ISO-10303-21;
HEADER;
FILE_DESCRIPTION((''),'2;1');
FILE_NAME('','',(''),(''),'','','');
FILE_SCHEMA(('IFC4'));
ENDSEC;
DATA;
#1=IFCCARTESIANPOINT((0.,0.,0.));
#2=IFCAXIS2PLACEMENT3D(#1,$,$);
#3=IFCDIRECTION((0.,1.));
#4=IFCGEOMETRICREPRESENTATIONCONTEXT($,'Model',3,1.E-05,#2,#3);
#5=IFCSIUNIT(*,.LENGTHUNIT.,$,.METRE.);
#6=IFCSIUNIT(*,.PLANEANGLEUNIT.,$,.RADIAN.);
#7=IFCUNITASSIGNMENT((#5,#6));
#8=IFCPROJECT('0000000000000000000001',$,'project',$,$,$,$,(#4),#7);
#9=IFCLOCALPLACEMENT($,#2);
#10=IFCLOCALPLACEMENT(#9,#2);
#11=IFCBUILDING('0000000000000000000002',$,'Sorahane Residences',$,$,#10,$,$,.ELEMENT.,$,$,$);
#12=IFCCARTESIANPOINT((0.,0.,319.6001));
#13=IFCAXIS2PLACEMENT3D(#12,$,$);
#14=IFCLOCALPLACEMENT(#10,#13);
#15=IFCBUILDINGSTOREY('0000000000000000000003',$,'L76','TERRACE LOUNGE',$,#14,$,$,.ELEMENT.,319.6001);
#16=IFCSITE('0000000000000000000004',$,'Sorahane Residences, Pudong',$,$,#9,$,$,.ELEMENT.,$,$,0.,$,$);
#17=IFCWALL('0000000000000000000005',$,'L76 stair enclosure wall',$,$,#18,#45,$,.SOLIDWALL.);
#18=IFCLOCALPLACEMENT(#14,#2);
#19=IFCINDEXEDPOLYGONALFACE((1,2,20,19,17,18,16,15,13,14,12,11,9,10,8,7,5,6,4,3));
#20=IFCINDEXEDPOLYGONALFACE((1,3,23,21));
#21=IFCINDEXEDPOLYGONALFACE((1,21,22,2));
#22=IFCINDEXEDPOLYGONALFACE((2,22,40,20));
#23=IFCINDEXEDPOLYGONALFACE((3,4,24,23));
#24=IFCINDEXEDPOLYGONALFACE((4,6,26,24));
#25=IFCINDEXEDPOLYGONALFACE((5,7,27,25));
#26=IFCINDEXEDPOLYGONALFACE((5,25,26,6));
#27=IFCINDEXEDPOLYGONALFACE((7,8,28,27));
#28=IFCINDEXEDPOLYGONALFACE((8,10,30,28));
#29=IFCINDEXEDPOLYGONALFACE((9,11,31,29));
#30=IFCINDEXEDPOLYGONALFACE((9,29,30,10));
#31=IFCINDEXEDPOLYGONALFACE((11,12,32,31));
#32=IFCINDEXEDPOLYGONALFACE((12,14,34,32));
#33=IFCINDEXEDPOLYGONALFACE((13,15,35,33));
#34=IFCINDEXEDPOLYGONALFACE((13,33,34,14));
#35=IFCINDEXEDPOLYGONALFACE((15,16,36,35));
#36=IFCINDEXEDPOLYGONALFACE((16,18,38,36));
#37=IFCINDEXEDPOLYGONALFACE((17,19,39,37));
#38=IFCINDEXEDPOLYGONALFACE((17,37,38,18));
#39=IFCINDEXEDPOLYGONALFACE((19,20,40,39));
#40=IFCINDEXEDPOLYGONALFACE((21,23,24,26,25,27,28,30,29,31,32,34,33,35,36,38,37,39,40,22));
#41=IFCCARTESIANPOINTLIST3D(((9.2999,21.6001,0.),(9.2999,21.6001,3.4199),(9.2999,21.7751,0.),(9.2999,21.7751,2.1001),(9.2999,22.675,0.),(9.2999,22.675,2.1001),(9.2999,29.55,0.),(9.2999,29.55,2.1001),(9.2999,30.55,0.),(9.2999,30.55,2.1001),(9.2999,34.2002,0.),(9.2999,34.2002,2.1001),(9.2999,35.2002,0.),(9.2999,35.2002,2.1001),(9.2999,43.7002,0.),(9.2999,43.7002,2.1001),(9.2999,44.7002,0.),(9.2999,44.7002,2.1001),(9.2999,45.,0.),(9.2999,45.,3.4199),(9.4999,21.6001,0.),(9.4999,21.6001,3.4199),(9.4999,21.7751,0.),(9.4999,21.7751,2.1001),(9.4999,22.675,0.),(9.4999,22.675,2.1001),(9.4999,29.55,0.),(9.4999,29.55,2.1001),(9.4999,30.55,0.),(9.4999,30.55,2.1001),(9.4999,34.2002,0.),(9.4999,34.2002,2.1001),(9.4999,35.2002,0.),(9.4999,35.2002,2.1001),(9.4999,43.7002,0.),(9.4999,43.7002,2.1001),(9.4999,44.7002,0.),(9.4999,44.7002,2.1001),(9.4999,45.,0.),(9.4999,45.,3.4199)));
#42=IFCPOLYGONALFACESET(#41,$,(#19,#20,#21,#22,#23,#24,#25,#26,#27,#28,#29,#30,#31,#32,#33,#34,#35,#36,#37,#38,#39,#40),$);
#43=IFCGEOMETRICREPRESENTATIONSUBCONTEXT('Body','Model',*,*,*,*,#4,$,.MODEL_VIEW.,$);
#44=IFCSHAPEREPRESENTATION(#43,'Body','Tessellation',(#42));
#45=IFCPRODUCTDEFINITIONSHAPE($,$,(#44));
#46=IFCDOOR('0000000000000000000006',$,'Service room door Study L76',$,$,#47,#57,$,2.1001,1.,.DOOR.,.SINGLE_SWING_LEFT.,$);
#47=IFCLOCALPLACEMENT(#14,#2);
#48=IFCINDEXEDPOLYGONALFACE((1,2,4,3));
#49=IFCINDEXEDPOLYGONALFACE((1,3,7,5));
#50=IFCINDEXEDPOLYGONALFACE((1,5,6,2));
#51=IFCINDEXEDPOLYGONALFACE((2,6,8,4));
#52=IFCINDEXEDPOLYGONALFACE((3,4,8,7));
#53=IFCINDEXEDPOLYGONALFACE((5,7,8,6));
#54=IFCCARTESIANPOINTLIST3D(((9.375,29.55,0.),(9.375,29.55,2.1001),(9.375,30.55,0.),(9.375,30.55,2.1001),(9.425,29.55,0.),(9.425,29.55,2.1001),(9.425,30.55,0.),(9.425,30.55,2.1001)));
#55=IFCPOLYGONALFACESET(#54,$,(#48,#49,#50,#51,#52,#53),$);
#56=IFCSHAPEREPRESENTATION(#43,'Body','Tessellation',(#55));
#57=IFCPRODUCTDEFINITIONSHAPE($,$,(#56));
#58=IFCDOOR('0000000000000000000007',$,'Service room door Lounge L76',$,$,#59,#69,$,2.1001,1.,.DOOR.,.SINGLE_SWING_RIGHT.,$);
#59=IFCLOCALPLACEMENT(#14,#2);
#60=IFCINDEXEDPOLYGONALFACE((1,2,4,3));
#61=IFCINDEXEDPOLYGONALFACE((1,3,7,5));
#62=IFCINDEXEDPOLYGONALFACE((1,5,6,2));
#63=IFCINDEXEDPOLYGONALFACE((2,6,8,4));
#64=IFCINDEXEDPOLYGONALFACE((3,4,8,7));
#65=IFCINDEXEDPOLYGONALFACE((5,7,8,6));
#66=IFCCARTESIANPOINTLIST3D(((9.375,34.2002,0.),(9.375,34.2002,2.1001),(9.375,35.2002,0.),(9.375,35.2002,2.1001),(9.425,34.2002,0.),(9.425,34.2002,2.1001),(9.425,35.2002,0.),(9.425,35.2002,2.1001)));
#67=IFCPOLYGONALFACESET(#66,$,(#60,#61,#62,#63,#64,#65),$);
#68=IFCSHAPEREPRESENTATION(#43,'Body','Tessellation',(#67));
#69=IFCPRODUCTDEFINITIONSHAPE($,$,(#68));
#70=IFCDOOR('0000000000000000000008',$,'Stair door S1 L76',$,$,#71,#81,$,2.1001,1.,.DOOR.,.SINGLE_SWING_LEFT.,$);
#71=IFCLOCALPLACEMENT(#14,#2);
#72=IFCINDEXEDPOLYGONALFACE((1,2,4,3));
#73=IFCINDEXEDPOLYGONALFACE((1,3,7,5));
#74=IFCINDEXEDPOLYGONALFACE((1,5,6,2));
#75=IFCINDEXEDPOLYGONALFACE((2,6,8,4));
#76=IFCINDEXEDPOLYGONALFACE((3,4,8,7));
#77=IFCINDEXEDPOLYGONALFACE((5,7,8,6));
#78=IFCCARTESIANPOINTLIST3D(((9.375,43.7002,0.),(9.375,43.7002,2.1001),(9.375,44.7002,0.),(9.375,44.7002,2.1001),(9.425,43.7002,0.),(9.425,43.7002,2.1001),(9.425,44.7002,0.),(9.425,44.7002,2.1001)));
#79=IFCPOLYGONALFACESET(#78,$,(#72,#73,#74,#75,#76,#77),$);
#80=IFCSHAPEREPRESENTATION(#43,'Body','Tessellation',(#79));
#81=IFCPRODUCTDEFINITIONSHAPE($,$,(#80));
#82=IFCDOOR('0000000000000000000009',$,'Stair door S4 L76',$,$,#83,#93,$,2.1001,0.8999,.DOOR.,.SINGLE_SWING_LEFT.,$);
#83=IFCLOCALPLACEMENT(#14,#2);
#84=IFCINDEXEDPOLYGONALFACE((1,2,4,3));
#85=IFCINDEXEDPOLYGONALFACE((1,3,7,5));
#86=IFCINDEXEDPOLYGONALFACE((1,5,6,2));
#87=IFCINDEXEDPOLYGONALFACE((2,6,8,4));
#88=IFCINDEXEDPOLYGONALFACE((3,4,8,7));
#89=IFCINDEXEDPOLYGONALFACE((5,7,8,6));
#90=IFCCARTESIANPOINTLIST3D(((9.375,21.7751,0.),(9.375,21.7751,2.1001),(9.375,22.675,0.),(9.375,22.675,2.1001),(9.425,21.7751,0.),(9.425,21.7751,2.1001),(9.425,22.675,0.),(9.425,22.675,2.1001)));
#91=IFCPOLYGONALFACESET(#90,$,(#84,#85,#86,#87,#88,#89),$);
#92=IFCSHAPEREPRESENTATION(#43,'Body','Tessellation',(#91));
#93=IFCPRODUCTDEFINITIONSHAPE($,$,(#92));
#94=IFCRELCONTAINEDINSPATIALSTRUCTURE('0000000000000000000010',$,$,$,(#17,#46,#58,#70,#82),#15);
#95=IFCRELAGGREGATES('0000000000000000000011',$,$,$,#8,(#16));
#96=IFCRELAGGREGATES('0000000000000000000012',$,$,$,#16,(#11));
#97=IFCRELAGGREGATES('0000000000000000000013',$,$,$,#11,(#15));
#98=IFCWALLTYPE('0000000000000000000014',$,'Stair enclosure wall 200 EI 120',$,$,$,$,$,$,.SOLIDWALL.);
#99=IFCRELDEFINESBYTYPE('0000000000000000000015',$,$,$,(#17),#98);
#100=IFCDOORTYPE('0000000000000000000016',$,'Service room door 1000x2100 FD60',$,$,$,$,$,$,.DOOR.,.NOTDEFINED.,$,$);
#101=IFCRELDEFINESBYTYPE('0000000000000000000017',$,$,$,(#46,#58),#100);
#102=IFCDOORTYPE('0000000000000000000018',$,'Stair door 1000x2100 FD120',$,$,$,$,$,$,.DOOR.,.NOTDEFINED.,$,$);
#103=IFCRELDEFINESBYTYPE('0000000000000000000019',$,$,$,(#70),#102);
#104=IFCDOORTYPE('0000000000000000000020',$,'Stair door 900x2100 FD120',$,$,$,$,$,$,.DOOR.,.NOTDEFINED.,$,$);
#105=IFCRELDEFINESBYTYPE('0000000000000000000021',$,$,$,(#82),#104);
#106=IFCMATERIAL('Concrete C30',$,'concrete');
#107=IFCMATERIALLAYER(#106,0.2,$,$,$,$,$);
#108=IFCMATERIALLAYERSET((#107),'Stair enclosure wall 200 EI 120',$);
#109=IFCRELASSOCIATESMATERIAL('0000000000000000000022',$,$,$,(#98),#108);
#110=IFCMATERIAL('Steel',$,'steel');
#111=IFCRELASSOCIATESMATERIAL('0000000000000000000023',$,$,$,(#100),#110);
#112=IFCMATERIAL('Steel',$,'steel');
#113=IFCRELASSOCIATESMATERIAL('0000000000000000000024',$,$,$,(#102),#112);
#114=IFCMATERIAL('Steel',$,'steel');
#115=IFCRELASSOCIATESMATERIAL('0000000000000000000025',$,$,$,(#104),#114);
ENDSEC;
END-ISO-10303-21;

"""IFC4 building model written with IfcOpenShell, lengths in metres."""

from ifc_helpers import new_model, si_unit, direction, frame, frame_2d, origin, place, context, subcontext, project, spatial, rectangle, extrude, material, layer, layer_set, type_object, element, fill, save


model = new_model("IFC4")

# Units and contexts
model_context = context("Model", 3, precision=1e-05, world=origin(), true_north=direction((0.0, 1.0)))
body_context = subcontext(model_context, "Body", "Model", "MODEL_VIEW")
ifc_project = project(units=[si_unit("LENGTHUNIT", "METRE"), si_unit("PLANEANGLEUNIT", "RADIAN")], contexts=[model_context])

# Site, building, storey
site_placement = place(None, origin())
site = spatial("IfcSite", under=ifc_project, at=site_placement, Name="Sorahane Residences, Pudong", CompositionType="ELEMENT", RefElevation=0.0)
building_placement = place(site_placement, origin())
building = spatial("IfcBuilding", under=site, at=building_placement, Name="Sorahane Residences", CompositionType="ELEMENT")
storey_placement = place(building_placement, frame((0.0, 0.0, 319.6001)))
storey = spatial("IfcBuildingStorey", under=building, at=storey_placement, Name="L76", Description="TERRACE LOUNGE", CompositionType="ELEMENT", Elevation=319.6001)

# Wall, openings, doors
ifc_material_1 = material(Name="Concrete C30", Category="concrete")
ifc_layer_1 = layer(ifc_material_1, 0.2)
ifc_layer_set_1 = layer_set([ifc_layer_1], Name="Stair enclosure wall 200 EI 120")
wall_type_1 = type_object("IfcWallType", Name="Stair enclosure wall 200 EI 120", PredefinedType="SOLIDWALL", material=ifc_layer_set_1)
wall_1_placement = place(storey_placement, frame((9.3999, 21.6001, 0.0), z_axis=(0.0, 0.0, 1.0), x_axis=(0.0, 1.0, 0.0)))
wall_1 = element("IfcWall", 1, at=wall_1_placement, inside=storey, type_object=wall_type_1, Name="L76 stair enclosure wall", PredefinedType="SOLIDWALL", context=body_context, shape_type="SweptSolid", body=[
    extrude(rectangle(XDim=23.3999, YDim=0.2, at=frame_2d((11.7, 0.0))), origin(), (0.0, 0.0, 1.0), 3.4199),
])
opening_1_placement = place(wall_1_placement, frame((7.95, 0.0, 0.0)))
opening_1 = element("IfcOpeningElement", 2, at=opening_1_placement, cuts=wall_1, PredefinedType="OPENING", context=body_context, shape_type="SweptSolid", body=[
    extrude(rectangle(XDim=1.0, YDim=2.1001, at=frame_2d((0.5, 1.05))), frame((0.0, 0.1099, 0.0), z_axis=(0.0, -1.0, 0.0), x_axis=(1.0, 0.0, 0.0)), (0.0, 0.0, 1.0), 0.22),
])
opening_2_placement = place(wall_1_placement, frame((12.6001, 0.0, 0.0)))
opening_2 = element("IfcOpeningElement", 3, at=opening_2_placement, cuts=wall_1, PredefinedType="OPENING", context=body_context, shape_type="SweptSolid", body=[
    extrude(rectangle(XDim=1.0, YDim=2.1001, at=frame_2d((0.5, 1.05))), frame((0.0, 0.1099, 0.0), z_axis=(0.0, -1.0, 0.0), x_axis=(1.0, 0.0, 0.0)), (0.0, 0.0, 1.0), 0.22),
])
opening_3_placement = place(wall_1_placement, frame((22.1001, 0.0, 0.0)))
opening_3 = element("IfcOpeningElement", 4, at=opening_3_placement, cuts=wall_1, PredefinedType="OPENING", context=body_context, shape_type="SweptSolid", body=[
    extrude(rectangle(XDim=1.0, YDim=2.1001, at=frame_2d((0.5, 1.05))), frame((0.0, 0.1099, 0.0), z_axis=(0.0, -1.0, 0.0), x_axis=(1.0, 0.0, 0.0)), (0.0, 0.0, 1.0), 0.22),
])
opening_4_placement = place(wall_1_placement, frame((0.175, 0.0, 0.0)))
opening_4 = element("IfcOpeningElement", 5, at=opening_4_placement, cuts=wall_1, PredefinedType="OPENING", context=body_context, shape_type="SweptSolid", body=[
    extrude(rectangle(XDim=0.8999, YDim=2.1001, at=frame_2d((0.45, 1.05))), frame((0.0, 0.1099, 0.0), z_axis=(0.0, -1.0, 0.0), x_axis=(1.0, 0.0, 0.0)), (0.0, 0.0, 1.0), 0.22),
])
ifc_material_2 = material(Name="Steel", Category="steel")
door_type_1 = type_object("IfcDoorType", Name="Service room door 1000x2100 FD60", OperationType="NOTDEFINED", PredefinedType="DOOR", material=ifc_material_2)
door_1_placement = place(opening_1_placement, origin())
door_1 = element("IfcDoor", 6, at=door_1_placement, inside=storey, type_object=door_type_1, Name="Service room door Study L76", OperationType="SINGLE_SWING_LEFT", OverallHeight=2.1001, OverallWidth=1.0, PredefinedType="DOOR", context=body_context, shape_type="SweptSolid", body=[
    extrude(rectangle(XDim=1.0, YDim=2.1001, at=frame_2d((0.5, 1.05))), frame((0.0, 0.0249, 0.0), z_axis=(0.0, -1.0, 0.0), x_axis=(1.0, 0.0, 0.0)), (0.0, 0.0, 1.0), 0.05),
])
fill(opening_1, door_1)
door_2_placement = place(opening_2_placement, origin())
door_2 = element("IfcDoor", 7, at=door_2_placement, inside=storey, type_object=door_type_1, Name="Service room door Lounge L76", OperationType="SINGLE_SWING_RIGHT", OverallHeight=2.1001, OverallWidth=1.0, PredefinedType="DOOR", context=body_context, shape_type="SweptSolid", body=[
    extrude(rectangle(XDim=1.0, YDim=2.1001, at=frame_2d((0.5, 1.05))), frame((0.0, 0.0249, 0.0), z_axis=(0.0, -1.0, 0.0), x_axis=(1.0, 0.0, 0.0)), (0.0, 0.0, 1.0), 0.05),
])
fill(opening_2, door_2)
ifc_material_3 = material(Name="Steel", Category="steel")
door_type_2 = type_object("IfcDoorType", Name="Stair door 1000x2100 FD120", OperationType="NOTDEFINED", PredefinedType="DOOR", material=ifc_material_3)
door_3_placement = place(opening_3_placement, origin())
door_3 = element("IfcDoor", 8, at=door_3_placement, inside=storey, type_object=door_type_2, Name="Stair door S1 L76", OperationType="SINGLE_SWING_LEFT", OverallHeight=2.1001, OverallWidth=1.0, PredefinedType="DOOR", context=body_context, shape_type="SweptSolid", body=[
    extrude(rectangle(XDim=1.0, YDim=2.1001, at=frame_2d((0.5, 1.05))), frame((0.0, 0.0249, 0.0), z_axis=(0.0, -1.0, 0.0), x_axis=(1.0, 0.0, 0.0)), (0.0, 0.0, 1.0), 0.05),
])
fill(opening_3, door_3)
ifc_material_4 = material(Name="Steel", Category="steel")
door_type_3 = type_object("IfcDoorType", Name="Stair door 900x2100 FD120", OperationType="NOTDEFINED", PredefinedType="DOOR", material=ifc_material_4)
door_4_placement = place(opening_4_placement, origin())
door_4 = element("IfcDoor", 9, at=door_4_placement, inside=storey, type_object=door_type_3, Name="Stair door S4 L76", OperationType="SINGLE_SWING_LEFT", OverallHeight=2.1001, OverallWidth=0.8999, PredefinedType="DOOR", context=body_context, shape_type="SweptSolid", body=[
    extrude(rectangle(XDim=0.8999, YDim=2.1001, at=frame_2d((0.45, 1.05))), frame((0.0, 0.0249, 0.0), z_axis=(0.0, -1.0, 0.0), x_axis=(1.0, 0.0, 0.0)), (0.0, 0.0, 1.0), 0.05),
])
fill(opening_4, door_4)

save(model, "model.ifc")
